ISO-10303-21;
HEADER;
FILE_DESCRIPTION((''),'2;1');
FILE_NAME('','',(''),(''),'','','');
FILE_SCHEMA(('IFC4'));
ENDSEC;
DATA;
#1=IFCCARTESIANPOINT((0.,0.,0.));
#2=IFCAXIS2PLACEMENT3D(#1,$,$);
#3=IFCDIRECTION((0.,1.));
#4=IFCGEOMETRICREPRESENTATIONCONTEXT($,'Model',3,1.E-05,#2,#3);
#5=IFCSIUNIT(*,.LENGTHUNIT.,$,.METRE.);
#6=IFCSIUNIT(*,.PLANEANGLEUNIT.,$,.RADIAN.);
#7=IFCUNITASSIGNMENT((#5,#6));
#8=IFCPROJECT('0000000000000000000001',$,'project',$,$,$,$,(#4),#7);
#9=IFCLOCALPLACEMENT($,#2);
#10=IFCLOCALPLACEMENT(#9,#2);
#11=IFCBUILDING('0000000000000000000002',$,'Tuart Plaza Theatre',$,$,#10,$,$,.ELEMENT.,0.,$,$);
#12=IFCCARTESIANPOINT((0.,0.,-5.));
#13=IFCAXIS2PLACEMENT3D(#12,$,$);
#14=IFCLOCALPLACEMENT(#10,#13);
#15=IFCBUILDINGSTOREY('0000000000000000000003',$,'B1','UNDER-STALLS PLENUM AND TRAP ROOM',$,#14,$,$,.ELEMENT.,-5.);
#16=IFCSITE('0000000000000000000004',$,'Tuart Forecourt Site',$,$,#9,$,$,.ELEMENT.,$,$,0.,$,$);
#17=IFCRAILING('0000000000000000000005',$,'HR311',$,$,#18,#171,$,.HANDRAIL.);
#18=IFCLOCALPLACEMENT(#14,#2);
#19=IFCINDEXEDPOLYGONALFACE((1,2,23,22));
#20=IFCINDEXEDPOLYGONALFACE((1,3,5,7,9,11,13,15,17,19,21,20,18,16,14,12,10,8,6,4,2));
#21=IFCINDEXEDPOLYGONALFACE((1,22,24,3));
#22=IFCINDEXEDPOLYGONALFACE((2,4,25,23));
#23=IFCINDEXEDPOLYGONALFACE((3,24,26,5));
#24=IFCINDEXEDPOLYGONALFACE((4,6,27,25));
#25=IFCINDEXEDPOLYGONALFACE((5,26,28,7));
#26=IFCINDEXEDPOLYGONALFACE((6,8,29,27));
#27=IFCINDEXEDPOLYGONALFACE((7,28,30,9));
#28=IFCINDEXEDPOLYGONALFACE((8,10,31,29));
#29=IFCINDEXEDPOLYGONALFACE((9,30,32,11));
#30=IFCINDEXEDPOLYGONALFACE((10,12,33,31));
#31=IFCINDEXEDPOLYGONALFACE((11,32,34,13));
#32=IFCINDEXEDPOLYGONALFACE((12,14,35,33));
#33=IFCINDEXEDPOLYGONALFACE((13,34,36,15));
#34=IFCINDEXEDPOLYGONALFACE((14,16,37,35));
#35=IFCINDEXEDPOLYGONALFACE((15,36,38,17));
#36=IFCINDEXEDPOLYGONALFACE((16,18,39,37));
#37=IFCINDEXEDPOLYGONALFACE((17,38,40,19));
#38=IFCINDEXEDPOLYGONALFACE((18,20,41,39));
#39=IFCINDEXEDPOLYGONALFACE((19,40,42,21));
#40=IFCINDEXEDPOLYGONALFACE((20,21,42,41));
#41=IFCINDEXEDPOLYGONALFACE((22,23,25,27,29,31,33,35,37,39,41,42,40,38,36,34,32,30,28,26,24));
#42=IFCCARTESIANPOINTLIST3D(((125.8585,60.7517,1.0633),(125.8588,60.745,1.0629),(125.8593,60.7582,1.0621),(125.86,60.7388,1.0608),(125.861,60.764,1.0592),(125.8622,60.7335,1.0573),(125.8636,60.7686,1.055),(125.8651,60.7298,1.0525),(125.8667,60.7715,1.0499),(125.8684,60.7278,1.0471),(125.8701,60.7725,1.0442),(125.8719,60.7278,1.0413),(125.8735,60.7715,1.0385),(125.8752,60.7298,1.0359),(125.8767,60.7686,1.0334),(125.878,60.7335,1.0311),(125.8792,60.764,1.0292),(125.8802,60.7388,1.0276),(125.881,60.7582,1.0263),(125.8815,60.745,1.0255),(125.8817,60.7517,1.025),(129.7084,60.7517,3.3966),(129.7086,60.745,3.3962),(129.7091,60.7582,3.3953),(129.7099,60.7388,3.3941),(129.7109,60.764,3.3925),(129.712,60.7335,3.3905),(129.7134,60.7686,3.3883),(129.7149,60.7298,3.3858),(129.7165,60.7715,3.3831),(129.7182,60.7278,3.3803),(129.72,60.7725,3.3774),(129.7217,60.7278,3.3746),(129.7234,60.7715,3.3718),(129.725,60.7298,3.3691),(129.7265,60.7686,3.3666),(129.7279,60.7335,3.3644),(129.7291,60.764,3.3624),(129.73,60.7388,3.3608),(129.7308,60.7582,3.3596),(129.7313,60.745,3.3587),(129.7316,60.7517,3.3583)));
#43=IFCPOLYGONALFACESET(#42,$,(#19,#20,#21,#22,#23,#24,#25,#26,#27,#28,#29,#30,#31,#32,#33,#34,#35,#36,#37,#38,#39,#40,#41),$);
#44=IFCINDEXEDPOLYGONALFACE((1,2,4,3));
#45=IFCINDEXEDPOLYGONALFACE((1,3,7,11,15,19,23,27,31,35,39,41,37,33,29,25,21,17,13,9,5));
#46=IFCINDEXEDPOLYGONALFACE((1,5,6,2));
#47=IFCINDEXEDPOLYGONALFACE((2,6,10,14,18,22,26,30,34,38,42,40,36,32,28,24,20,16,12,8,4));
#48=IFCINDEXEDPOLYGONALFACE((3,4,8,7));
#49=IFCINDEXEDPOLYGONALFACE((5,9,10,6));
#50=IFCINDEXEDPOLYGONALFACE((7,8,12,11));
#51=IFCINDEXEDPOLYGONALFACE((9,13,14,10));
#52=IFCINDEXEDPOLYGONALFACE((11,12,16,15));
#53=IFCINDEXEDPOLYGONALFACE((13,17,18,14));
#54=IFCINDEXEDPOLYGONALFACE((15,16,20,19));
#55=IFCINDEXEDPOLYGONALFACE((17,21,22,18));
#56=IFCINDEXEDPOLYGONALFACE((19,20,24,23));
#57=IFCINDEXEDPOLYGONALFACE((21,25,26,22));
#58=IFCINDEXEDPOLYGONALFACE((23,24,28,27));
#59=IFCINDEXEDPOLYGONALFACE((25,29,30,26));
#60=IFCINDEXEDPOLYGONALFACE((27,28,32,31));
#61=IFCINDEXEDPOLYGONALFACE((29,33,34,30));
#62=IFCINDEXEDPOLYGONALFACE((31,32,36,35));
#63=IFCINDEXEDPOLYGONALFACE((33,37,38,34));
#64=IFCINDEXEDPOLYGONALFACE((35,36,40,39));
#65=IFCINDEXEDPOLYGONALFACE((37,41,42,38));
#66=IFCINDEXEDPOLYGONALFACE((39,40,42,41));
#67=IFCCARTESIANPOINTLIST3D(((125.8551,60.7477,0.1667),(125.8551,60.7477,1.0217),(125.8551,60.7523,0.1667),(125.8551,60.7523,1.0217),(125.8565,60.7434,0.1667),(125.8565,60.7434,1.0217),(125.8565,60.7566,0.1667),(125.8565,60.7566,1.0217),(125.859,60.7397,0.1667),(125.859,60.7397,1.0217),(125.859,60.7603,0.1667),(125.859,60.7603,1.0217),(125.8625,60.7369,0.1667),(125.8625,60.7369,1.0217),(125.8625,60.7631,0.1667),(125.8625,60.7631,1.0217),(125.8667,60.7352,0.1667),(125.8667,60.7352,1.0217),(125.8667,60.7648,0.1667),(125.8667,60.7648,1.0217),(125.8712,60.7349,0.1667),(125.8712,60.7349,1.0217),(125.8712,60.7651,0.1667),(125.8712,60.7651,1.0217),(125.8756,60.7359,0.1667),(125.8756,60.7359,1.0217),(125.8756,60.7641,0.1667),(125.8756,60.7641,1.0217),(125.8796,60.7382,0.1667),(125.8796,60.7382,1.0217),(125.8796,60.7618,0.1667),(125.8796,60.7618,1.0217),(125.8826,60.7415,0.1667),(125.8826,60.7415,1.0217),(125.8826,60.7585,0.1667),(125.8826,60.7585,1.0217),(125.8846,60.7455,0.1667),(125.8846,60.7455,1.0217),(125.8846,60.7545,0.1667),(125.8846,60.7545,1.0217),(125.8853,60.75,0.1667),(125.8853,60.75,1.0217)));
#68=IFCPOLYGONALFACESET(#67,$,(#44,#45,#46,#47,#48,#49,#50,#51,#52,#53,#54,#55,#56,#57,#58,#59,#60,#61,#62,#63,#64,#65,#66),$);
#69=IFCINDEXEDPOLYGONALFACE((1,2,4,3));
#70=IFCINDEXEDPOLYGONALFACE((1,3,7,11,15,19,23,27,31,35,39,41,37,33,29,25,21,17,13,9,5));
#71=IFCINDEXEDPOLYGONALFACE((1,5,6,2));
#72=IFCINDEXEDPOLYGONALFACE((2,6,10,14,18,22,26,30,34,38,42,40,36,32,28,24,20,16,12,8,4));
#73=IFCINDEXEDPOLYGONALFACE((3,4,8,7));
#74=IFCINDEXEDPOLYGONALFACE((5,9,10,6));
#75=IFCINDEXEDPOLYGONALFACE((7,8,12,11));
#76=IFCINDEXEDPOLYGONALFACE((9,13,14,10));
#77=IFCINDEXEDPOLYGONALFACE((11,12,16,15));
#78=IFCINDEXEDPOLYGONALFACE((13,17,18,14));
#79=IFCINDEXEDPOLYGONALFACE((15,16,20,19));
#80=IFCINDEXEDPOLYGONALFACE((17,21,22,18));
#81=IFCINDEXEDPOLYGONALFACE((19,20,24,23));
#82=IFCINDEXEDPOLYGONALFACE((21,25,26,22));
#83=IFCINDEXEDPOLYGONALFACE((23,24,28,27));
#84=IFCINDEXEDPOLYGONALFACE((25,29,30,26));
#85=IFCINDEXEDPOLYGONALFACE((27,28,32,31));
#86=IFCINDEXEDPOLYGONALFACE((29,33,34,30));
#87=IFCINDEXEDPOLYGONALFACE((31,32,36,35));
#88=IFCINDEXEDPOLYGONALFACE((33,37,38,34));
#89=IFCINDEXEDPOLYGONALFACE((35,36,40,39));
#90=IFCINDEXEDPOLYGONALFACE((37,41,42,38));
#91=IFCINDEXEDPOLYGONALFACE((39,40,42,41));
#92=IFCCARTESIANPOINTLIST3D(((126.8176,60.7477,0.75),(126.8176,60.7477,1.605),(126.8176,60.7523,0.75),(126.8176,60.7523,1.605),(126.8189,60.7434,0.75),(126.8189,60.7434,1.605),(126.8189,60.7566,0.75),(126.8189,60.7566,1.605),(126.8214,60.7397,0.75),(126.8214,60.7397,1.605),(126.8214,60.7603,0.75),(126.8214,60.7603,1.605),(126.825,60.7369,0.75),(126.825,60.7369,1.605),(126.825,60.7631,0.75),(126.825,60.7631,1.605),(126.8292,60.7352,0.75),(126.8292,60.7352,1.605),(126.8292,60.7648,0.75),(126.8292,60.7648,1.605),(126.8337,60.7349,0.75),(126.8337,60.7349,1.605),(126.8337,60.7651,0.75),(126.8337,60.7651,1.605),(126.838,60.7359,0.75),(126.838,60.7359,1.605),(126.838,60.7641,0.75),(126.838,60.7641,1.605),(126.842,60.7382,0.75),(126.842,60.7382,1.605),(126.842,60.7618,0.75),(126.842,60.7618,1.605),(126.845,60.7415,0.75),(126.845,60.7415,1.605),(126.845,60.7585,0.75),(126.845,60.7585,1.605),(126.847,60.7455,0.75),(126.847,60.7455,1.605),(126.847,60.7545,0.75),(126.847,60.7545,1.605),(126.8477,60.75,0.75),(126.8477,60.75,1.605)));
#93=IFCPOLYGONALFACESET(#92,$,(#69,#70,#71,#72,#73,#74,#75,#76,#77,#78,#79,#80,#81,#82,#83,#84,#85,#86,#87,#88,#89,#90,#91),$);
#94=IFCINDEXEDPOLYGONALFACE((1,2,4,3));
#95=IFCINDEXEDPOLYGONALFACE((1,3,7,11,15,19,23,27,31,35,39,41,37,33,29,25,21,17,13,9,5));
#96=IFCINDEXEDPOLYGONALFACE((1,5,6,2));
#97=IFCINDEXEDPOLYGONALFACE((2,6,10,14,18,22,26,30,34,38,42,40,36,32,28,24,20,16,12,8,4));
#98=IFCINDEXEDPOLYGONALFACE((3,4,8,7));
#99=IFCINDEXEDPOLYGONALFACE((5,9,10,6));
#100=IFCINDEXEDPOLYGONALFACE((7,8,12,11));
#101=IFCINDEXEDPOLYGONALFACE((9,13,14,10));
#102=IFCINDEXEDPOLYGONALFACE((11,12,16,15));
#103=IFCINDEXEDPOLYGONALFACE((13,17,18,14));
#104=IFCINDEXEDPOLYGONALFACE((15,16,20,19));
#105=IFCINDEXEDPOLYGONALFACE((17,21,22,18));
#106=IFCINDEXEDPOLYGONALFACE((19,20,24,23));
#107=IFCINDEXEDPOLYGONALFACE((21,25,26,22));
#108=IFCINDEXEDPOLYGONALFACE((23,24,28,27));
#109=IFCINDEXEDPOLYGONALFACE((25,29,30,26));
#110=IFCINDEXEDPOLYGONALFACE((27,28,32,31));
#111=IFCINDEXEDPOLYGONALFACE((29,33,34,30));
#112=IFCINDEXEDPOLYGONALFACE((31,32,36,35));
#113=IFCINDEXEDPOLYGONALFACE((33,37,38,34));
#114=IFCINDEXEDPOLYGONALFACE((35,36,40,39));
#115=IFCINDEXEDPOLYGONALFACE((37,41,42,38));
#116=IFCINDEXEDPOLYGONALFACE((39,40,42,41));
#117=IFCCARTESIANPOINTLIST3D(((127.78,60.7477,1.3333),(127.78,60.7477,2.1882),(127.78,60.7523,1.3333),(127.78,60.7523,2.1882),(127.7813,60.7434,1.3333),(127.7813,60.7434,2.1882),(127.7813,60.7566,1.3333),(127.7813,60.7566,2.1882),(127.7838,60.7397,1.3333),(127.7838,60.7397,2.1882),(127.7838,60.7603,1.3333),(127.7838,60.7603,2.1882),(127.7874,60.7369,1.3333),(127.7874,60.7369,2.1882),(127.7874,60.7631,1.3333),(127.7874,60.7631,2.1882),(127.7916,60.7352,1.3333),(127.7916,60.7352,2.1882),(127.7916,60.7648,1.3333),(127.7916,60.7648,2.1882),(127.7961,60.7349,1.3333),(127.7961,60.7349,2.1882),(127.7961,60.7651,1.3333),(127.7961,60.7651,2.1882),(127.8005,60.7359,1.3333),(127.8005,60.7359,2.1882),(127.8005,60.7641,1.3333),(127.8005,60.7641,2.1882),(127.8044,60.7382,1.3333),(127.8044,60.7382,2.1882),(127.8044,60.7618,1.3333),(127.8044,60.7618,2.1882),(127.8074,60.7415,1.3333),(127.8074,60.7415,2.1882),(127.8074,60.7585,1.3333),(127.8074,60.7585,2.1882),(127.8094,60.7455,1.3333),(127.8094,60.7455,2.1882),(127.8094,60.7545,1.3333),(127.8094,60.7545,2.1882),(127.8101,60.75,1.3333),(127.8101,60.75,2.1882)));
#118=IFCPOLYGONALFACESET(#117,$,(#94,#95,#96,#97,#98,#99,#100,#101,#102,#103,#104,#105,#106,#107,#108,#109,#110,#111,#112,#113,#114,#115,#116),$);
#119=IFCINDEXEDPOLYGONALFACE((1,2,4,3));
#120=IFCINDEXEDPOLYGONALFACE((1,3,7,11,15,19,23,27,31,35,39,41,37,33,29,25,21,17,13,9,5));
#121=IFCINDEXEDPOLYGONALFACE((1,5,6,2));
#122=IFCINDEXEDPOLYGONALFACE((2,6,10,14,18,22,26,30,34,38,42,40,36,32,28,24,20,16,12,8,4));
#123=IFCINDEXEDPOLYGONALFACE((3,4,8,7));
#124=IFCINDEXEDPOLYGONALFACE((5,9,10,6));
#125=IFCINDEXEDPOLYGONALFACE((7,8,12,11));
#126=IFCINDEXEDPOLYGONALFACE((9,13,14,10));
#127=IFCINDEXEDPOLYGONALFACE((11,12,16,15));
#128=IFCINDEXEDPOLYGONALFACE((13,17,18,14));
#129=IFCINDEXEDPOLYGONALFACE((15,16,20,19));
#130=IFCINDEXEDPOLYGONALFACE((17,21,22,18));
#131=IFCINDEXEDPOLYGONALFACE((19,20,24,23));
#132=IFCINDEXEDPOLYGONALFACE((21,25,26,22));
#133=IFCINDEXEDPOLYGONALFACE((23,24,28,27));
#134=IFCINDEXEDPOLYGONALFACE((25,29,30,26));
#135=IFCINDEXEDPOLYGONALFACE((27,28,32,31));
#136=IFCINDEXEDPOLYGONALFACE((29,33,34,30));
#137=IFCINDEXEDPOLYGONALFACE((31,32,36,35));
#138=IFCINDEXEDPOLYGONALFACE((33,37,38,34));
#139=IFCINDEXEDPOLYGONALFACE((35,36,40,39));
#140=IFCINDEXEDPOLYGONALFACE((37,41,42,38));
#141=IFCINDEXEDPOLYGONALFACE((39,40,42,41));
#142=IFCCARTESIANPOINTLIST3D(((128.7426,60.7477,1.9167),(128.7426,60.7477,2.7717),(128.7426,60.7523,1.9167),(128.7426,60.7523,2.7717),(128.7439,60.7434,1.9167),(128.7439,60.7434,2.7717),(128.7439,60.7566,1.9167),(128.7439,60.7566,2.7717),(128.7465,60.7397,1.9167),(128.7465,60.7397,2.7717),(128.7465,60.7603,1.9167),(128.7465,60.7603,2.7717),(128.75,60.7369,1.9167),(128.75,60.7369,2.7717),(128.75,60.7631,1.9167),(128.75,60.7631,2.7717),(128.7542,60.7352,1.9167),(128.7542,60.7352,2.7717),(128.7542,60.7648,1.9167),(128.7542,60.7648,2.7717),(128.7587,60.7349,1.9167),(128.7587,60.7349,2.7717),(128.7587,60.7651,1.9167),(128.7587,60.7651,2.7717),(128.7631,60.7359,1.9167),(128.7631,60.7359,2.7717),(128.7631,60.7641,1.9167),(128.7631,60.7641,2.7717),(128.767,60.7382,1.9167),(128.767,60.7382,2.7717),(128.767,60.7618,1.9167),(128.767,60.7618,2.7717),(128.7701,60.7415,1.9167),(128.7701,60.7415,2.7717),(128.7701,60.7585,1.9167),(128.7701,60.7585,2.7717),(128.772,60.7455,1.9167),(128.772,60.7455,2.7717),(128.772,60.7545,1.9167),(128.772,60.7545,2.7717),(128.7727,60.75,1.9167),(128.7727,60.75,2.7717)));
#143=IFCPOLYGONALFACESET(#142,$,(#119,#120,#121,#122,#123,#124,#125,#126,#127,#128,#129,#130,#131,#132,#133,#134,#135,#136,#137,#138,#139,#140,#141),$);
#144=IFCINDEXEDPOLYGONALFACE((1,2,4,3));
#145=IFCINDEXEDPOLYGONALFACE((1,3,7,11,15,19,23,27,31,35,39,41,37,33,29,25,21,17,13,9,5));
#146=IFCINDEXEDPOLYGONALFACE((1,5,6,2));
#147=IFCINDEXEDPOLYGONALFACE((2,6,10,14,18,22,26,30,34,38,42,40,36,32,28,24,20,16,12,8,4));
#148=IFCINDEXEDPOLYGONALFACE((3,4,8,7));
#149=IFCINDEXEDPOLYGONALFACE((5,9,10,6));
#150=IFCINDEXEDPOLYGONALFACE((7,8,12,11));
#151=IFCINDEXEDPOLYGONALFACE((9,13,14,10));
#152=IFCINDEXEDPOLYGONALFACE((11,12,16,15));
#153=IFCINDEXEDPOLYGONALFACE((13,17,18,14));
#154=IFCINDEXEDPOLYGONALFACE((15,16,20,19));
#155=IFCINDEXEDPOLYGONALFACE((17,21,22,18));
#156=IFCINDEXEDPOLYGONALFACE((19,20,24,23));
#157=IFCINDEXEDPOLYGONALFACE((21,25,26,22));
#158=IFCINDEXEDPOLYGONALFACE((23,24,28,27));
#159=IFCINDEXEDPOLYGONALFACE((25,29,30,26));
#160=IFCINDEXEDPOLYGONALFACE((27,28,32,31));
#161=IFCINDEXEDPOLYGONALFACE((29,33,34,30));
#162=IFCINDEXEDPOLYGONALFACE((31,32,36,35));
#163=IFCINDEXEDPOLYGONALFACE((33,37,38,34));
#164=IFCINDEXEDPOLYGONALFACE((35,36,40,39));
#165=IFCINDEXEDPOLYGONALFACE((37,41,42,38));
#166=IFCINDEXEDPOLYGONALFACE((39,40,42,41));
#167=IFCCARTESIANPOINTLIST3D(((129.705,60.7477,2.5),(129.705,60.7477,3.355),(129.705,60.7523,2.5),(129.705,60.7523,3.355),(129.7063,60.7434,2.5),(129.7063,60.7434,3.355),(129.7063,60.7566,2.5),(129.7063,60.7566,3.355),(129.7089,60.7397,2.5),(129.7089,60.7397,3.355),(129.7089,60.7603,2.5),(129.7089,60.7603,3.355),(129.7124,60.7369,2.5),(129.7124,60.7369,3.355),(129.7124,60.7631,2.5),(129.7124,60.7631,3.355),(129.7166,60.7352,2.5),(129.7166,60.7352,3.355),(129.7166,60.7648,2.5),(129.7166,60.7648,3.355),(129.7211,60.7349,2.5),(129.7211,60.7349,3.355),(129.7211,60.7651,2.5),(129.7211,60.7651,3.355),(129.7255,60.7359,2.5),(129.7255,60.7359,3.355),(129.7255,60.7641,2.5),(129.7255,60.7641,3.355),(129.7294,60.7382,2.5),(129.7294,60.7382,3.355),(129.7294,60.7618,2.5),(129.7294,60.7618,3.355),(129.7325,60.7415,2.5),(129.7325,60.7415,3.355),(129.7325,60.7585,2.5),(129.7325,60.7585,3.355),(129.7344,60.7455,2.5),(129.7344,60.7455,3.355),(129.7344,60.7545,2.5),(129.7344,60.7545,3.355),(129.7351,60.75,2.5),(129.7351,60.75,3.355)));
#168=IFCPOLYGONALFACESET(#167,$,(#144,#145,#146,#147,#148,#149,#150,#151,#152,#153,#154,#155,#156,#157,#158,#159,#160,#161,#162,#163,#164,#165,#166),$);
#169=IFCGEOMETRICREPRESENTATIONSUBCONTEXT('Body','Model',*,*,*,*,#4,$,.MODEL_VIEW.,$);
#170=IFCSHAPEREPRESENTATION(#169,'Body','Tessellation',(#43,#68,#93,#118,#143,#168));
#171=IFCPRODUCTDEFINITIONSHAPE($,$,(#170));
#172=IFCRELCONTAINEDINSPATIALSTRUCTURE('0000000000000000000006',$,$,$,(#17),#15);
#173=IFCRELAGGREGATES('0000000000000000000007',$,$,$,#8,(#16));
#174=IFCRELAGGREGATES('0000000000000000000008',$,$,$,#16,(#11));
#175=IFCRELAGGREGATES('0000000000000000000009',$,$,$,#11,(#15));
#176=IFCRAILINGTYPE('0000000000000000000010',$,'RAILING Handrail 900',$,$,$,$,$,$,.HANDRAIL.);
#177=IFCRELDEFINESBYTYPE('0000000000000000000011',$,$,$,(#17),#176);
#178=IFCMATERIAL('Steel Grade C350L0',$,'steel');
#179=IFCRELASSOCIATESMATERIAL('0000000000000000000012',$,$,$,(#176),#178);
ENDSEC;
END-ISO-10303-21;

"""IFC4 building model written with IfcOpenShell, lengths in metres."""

from ifc_helpers import new_model, si_unit, direction, frame, origin, origin_2d, place, context, subcontext, project, spatial, circle, extrude, material, type_object, element, save


model = new_model("IFC4")

# Units and contexts
model_context = context("Model", 3, precision=1e-05, world=origin(), true_north=direction((0.0, 1.0)))
body_context = subcontext(model_context, "Body", "Model", "MODEL_VIEW")
ifc_project = project(units=[si_unit("LENGTHUNIT", "METRE"), si_unit("PLANEANGLEUNIT", "RADIAN")], contexts=[model_context])

# Site, building, storey
site_placement = place(None, origin())
site = spatial("IfcSite", under=ifc_project, at=site_placement, Name="Tuart Forecourt Site", CompositionType="ELEMENT", RefElevation=0.0)
building_placement = place(site_placement, origin())
building = spatial("IfcBuilding", under=site, at=building_placement, Name="Tuart Plaza Theatre", CompositionType="ELEMENT", ElevationOfRefHeight=0.0)
storey_placement = place(building_placement, frame((0.0, 0.0, -5.0)))
storey = spatial("IfcBuildingStorey", under=building, at=storey_placement, Name="B1", Description="UNDER-STALLS PLENUM AND TRAP ROOM", CompositionType="ELEMENT", Elevation=-5.0)

# Railing
ifc_material_1 = material(Name="Steel Grade C350L0", Category="steel")
railing_type_1 = type_object("IfcRailingType", Name="RAILING Handrail 900", PredefinedType="HANDRAIL", material=ifc_material_1)
railing_1_placement = place(storey_placement, frame((125.8701, 60.75, 0.1667)))
element("IfcRailing", 1, at=railing_1_placement, inside=storey, type_object=railing_type_1, Name="HR311", PredefinedType="HANDRAIL", context=body_context, shape_type="SweptSolid", body=[
    extrude(circle(Radius=0.0225, at=origin_2d()), frame((0.0, 0.0, 0.8774), z_axis=(0.855197, 0.0, 0.518303), x_axis=(0.0, 1.0, 0.0)), (0.0, 0.0, 1.0), 4.5017),
    extrude(circle(Radius=0.0151, at=origin_2d()), origin(), (0.0, 0.0, 1.0), 0.855),
    extrude(circle(Radius=0.0151, at=origin_2d()), frame((0.9624, 0.0, 0.5833)), (0.0, 0.0, 1.0), 0.855),
    extrude(circle(Radius=0.0151, at=origin_2d()), frame((1.9248, 0.0, 1.1665)), (0.0, 0.0, 1.0), 0.855),
    extrude(circle(Radius=0.0151, at=origin_2d()), frame((2.8875, 0.0, 1.75)), (0.0, 0.0, 1.0), 0.855),
    extrude(circle(Radius=0.0151, at=origin_2d()), frame((3.8499, 0.0, 2.3333)), (0.0, 0.0, 1.0), 0.855),
])

save(model, "model.ifc")
